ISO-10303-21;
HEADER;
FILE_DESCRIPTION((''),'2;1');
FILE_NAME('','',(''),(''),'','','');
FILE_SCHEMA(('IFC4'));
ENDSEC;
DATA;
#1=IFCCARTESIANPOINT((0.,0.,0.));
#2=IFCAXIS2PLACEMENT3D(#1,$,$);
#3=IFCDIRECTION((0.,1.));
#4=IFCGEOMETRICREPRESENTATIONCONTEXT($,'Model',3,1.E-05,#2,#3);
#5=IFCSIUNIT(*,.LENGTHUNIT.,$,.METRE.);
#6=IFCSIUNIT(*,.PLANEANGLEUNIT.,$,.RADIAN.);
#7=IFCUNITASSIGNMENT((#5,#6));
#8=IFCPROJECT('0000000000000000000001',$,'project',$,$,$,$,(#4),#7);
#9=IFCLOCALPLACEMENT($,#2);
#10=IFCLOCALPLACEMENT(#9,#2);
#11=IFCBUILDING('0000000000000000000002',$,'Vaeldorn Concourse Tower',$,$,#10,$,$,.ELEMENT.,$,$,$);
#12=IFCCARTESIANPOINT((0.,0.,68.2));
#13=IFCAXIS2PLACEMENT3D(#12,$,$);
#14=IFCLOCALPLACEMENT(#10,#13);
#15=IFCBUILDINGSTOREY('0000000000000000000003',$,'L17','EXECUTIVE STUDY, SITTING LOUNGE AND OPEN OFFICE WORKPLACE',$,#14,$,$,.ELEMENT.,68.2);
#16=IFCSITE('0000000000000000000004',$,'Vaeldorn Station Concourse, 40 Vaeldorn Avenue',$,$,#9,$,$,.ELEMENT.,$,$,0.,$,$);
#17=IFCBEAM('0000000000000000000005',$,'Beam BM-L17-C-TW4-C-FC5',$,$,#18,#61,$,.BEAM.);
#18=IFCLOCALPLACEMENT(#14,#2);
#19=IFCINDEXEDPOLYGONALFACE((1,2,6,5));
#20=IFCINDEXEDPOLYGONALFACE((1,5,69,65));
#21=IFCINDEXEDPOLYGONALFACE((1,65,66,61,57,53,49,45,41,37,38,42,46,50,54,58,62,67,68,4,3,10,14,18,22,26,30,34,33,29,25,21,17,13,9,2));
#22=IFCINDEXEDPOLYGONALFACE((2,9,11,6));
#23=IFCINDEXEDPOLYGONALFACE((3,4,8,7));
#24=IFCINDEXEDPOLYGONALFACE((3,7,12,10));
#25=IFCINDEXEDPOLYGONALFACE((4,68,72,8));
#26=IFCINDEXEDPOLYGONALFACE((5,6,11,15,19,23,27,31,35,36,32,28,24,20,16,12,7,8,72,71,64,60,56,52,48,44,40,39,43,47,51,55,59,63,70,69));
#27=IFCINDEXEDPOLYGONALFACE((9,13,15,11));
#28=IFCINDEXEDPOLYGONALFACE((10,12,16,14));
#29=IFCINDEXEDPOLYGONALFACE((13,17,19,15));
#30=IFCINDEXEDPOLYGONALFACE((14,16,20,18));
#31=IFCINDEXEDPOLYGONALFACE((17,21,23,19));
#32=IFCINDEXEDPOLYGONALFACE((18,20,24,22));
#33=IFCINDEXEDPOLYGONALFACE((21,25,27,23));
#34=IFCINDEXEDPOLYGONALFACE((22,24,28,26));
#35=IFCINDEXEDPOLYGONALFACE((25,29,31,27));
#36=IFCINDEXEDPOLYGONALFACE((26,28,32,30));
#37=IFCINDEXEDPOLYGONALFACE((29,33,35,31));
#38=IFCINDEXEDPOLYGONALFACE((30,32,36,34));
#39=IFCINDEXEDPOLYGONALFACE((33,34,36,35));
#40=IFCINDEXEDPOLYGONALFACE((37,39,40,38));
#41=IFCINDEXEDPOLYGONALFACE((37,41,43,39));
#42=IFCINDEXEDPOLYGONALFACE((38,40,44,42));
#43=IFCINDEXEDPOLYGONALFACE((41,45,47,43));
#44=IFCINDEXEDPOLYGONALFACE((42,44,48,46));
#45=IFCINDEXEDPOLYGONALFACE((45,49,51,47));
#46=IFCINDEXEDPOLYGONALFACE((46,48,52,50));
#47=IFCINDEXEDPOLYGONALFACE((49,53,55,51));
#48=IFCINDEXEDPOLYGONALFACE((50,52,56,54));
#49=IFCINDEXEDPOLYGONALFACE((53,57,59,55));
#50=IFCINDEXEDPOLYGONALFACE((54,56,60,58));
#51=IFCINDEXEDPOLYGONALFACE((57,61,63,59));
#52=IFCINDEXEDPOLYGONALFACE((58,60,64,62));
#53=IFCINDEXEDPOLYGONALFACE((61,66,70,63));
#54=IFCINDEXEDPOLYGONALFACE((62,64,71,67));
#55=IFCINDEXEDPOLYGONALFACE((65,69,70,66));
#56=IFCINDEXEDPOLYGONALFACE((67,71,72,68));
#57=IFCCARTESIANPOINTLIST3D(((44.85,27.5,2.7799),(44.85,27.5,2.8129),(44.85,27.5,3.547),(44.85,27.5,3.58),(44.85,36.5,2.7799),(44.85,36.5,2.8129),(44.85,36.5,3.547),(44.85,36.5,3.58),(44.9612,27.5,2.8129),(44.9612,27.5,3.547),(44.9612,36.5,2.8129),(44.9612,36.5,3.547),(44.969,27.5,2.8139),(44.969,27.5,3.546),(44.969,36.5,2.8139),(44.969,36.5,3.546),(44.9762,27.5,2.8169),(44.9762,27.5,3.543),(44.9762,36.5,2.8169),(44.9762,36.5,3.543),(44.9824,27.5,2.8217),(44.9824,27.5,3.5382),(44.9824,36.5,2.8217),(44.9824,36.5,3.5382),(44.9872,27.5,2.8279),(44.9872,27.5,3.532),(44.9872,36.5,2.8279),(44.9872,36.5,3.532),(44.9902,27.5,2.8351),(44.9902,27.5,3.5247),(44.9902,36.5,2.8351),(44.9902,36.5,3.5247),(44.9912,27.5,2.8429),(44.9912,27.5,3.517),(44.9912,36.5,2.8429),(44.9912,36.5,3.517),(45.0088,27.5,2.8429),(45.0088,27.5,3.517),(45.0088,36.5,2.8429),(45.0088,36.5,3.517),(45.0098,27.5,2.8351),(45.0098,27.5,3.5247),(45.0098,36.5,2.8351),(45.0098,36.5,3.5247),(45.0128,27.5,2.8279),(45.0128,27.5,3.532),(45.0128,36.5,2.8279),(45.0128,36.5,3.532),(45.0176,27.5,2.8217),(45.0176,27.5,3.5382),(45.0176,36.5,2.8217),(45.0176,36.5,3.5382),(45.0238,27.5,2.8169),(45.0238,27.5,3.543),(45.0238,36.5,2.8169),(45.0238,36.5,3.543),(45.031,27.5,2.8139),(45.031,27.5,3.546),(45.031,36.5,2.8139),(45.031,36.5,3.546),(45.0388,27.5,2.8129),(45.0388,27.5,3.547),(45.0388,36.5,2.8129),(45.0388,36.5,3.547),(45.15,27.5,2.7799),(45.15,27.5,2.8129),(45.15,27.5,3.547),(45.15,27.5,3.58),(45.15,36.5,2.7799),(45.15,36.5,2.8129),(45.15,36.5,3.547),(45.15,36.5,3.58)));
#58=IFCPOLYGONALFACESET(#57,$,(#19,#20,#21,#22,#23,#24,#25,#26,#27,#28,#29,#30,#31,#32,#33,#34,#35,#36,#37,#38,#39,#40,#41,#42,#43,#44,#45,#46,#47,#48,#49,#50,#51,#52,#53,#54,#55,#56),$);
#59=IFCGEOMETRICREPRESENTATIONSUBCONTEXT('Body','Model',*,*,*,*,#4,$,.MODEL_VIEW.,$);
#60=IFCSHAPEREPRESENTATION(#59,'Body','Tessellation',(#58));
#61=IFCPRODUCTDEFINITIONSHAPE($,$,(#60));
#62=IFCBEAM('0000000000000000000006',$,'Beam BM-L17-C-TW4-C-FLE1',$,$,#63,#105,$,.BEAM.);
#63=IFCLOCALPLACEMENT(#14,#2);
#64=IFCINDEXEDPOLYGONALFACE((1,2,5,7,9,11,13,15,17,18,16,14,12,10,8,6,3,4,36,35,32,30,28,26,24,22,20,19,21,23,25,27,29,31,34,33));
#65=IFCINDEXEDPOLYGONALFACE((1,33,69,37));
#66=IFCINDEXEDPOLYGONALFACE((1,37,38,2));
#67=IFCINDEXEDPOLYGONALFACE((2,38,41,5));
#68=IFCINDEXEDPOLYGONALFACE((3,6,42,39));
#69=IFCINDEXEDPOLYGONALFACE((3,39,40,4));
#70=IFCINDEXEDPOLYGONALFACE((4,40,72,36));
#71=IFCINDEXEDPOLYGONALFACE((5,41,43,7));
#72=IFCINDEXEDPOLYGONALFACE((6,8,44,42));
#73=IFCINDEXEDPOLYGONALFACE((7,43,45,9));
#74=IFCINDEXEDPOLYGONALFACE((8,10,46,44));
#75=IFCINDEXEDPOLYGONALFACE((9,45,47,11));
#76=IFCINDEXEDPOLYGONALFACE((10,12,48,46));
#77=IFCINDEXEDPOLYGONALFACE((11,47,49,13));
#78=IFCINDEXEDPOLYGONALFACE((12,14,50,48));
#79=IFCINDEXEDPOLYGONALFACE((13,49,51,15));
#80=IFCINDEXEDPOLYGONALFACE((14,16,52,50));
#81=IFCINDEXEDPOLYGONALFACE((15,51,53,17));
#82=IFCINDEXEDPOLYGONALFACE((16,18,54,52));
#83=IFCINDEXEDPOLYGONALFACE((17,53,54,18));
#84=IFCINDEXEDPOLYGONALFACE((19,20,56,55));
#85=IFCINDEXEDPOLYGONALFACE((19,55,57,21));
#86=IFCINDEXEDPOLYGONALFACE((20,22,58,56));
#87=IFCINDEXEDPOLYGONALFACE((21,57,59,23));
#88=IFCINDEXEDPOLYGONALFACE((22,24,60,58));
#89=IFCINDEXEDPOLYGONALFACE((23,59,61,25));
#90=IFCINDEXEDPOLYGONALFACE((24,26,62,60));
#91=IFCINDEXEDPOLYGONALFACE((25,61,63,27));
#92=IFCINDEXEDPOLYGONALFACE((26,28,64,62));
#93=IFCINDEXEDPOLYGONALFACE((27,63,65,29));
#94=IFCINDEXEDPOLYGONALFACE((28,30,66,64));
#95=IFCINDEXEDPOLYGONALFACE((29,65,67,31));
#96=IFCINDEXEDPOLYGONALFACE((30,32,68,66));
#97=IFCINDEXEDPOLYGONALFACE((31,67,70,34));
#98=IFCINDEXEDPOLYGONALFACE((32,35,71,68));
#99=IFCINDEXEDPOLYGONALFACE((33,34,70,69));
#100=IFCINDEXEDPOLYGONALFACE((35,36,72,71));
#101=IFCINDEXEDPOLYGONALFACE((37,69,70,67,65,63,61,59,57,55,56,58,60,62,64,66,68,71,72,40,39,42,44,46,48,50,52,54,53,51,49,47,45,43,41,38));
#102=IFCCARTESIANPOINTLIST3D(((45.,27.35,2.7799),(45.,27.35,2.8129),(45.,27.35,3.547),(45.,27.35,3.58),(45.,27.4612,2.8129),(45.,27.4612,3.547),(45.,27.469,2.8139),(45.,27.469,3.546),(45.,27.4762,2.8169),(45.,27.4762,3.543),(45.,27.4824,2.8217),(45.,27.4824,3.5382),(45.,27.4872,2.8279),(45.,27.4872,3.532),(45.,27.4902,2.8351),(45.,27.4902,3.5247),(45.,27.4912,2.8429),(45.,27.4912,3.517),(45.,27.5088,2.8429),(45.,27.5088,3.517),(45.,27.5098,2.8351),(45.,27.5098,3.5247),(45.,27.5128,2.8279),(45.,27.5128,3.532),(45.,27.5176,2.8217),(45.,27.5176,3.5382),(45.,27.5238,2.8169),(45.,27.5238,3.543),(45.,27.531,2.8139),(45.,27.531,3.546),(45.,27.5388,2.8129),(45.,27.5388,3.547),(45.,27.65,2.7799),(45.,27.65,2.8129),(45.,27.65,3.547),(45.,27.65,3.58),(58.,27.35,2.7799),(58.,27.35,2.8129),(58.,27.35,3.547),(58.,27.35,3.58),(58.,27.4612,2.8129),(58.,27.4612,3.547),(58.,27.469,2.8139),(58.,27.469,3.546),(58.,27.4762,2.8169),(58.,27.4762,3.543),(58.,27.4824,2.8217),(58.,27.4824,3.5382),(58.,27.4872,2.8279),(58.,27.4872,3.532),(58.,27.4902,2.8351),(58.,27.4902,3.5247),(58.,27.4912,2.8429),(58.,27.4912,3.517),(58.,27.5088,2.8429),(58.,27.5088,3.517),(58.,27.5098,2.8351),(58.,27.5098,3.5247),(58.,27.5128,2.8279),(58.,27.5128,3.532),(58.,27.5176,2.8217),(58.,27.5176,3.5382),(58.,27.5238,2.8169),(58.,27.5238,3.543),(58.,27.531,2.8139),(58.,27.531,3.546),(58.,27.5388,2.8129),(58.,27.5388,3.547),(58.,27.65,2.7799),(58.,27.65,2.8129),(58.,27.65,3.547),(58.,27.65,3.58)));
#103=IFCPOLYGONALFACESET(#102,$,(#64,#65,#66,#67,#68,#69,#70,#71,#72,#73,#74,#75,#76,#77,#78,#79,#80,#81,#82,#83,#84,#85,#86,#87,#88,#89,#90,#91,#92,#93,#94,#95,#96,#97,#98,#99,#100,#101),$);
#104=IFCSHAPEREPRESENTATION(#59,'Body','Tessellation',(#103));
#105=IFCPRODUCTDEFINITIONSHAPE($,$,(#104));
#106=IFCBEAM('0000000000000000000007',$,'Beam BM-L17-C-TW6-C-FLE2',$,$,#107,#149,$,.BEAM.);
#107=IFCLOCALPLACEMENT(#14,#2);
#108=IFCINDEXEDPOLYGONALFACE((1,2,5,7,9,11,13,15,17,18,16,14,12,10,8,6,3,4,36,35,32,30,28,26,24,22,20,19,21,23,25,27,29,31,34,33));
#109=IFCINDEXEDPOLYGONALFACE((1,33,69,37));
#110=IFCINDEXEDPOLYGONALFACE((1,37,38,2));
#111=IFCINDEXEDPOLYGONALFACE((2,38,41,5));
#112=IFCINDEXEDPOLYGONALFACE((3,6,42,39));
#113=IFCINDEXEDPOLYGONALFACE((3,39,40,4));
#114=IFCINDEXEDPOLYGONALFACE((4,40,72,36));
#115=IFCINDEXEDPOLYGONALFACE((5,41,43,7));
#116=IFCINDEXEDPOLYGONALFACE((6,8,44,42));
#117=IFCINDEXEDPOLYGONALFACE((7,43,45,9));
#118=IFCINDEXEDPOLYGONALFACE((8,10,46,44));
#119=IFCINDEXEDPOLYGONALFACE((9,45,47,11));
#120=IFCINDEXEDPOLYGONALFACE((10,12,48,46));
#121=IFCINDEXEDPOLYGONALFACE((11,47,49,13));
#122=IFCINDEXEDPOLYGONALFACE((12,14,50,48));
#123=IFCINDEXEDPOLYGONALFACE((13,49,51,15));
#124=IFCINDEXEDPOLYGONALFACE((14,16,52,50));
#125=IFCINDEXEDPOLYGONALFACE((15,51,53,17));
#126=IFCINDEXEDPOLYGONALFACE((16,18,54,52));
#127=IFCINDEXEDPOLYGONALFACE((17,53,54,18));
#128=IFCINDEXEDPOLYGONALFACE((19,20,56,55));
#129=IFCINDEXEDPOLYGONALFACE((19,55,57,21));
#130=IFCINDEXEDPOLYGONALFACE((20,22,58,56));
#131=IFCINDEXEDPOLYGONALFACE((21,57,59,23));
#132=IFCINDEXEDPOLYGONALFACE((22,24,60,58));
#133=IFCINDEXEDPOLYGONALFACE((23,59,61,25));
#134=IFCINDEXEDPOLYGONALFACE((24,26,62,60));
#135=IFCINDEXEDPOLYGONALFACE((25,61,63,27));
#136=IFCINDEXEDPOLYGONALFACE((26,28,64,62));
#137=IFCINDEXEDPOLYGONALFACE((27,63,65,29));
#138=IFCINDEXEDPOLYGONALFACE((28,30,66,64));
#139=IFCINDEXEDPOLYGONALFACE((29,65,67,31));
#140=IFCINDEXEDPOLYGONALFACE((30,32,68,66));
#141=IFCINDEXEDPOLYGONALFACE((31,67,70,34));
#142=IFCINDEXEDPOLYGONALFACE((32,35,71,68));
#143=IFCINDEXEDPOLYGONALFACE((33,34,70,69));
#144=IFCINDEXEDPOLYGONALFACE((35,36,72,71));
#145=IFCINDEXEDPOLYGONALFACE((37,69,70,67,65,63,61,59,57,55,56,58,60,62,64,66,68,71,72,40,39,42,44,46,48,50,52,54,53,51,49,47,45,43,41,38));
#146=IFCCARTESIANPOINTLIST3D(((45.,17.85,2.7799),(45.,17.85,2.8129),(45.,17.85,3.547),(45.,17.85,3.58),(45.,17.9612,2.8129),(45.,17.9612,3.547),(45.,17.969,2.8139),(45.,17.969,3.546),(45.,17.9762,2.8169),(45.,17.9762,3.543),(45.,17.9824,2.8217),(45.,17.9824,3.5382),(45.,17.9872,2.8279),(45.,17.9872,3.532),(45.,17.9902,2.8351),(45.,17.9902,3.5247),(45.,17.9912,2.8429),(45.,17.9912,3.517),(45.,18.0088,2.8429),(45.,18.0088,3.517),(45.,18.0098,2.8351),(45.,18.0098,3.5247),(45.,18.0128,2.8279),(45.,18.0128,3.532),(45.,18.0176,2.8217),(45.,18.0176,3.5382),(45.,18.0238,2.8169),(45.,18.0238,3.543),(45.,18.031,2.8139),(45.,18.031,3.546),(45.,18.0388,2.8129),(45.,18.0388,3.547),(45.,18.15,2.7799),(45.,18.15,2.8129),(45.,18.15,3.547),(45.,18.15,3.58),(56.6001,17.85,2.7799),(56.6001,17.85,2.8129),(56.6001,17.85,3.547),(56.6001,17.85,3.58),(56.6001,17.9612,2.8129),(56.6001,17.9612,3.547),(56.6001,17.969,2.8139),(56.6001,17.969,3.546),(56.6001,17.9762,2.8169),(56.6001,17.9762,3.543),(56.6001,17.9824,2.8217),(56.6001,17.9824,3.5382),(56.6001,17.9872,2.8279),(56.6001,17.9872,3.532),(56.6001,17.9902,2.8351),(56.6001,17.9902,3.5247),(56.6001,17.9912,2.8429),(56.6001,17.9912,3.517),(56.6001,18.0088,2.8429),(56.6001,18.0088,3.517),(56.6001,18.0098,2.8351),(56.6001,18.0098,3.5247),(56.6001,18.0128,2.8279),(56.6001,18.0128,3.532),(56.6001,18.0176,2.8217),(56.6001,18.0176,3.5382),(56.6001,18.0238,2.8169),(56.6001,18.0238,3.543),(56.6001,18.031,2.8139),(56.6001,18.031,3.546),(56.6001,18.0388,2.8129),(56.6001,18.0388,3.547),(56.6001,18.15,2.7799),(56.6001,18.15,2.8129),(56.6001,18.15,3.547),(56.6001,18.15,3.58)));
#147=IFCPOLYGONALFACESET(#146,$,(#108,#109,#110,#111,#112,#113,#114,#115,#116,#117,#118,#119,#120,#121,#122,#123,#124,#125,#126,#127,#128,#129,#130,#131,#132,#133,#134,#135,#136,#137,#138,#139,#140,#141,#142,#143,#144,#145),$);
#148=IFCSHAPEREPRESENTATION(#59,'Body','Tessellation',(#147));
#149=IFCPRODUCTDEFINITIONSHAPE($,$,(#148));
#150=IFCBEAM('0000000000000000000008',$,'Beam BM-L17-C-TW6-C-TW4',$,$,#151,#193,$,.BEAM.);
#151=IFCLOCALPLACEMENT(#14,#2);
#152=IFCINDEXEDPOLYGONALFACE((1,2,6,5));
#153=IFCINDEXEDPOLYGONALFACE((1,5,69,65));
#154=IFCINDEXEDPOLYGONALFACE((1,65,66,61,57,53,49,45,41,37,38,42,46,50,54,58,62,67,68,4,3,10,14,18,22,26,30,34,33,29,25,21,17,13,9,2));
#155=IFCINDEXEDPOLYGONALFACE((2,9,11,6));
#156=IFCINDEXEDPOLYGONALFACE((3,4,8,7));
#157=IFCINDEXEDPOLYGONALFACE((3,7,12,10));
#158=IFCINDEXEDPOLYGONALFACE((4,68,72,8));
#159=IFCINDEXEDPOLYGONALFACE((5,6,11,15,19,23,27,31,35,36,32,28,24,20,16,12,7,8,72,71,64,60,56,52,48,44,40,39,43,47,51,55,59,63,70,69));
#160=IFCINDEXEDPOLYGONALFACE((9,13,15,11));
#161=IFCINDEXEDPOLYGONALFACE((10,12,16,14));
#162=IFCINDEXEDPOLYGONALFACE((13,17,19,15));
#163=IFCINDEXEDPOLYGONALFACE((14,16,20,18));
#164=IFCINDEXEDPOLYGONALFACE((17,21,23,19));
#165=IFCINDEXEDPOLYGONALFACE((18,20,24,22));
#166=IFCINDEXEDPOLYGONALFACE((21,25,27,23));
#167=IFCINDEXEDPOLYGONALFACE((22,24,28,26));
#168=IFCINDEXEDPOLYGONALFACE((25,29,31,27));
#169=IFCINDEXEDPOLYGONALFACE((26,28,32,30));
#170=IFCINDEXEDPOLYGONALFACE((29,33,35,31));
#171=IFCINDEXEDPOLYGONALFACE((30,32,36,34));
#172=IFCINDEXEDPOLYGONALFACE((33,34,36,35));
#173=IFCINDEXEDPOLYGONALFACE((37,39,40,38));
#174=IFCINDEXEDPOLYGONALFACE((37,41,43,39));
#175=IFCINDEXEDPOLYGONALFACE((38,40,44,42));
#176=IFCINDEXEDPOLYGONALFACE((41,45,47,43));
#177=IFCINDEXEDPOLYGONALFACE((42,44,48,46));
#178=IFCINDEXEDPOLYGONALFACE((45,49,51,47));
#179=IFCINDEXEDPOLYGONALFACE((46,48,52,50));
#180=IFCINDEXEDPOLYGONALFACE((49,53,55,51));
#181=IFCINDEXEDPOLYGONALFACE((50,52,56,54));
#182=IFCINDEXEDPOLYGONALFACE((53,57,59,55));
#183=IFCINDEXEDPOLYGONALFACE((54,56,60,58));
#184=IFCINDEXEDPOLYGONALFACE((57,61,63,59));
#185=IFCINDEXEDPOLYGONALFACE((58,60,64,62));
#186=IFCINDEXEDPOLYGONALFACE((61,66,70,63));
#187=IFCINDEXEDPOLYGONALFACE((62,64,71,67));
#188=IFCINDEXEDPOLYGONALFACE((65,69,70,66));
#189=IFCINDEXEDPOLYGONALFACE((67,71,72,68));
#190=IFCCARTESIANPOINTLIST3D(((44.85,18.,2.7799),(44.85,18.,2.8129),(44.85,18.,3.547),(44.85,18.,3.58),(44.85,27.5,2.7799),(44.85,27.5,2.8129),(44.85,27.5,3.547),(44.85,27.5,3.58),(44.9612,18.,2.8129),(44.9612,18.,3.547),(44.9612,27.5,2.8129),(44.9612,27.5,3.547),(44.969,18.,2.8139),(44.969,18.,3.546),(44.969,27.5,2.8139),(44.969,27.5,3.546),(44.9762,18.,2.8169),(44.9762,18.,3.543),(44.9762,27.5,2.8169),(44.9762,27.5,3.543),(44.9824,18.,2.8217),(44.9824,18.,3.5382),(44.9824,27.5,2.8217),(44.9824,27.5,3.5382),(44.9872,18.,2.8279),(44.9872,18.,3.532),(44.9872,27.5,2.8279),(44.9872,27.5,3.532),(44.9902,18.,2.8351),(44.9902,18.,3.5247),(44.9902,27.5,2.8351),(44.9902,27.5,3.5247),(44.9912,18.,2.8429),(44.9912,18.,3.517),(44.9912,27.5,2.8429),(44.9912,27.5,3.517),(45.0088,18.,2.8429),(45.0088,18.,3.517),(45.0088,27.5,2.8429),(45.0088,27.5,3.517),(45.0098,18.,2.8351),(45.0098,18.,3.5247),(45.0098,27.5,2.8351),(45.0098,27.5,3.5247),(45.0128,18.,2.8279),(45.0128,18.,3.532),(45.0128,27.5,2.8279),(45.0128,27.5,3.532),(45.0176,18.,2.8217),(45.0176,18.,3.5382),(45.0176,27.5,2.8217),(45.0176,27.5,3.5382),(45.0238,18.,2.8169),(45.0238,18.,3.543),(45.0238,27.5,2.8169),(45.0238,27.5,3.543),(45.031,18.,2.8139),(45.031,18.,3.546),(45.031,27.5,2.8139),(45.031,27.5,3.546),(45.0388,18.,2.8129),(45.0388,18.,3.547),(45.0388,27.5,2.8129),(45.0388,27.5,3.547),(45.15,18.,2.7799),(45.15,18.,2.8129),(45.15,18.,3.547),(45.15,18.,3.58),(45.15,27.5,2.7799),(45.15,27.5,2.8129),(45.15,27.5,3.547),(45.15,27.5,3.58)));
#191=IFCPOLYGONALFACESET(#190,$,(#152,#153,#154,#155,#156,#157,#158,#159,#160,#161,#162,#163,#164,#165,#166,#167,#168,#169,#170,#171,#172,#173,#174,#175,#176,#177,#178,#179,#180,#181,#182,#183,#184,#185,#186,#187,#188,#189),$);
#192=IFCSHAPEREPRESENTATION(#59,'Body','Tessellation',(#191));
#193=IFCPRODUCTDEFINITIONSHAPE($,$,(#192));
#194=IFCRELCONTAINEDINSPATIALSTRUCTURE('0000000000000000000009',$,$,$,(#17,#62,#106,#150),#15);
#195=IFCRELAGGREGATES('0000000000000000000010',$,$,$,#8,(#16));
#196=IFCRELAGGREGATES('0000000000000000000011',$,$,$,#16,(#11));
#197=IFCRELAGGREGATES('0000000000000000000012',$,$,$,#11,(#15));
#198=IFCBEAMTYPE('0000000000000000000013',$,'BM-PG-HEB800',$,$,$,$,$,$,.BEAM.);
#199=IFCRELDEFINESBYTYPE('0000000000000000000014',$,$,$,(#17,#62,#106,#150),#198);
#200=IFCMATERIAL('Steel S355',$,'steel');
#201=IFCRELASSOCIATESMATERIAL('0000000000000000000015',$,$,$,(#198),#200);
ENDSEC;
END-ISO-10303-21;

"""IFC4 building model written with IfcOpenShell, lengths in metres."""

from ifc_helpers import new_model, si_unit, direction, frame, origin, origin_2d, place, context, subcontext, project, spatial, i_section, extrude, source, transform, mapped, material, material_profile, profile_set, type_object, element, save


model = new_model("IFC4")

# Units and contexts
model_context = context("Model", 3, precision=1e-05, world=origin(), true_north=direction((0.0, 1.0)))
body_context = subcontext(model_context, "Body", "Model", "MODEL_VIEW")
ifc_project = project(units=[si_unit("LENGTHUNIT", "METRE"), si_unit("PLANEANGLEUNIT", "RADIAN")], contexts=[model_context])

# Site, building, storey
site_placement = place(None, origin())
site = spatial("IfcSite", under=ifc_project, at=site_placement, Name="Vaeldorn Station Concourse, 40 Vaeldorn Avenue", CompositionType="ELEMENT", RefElevation=0.0)
building_placement = place(site_placement, origin())
building = spatial("IfcBuilding", under=site, at=building_placement, Name="Vaeldorn Concourse Tower", CompositionType="ELEMENT")
storey_placement = place(building_placement, frame((0.0, 0.0, 68.2)))
storey = spatial("IfcBuildingStorey", under=building, at=storey_placement, Name="L17", Description="EXECUTIVE STUDY, SITTING LOUNGE AND OPEN OFFICE WORKPLACE", CompositionType="ELEMENT", Elevation=68.2)

# Beams
ifc_material_1 = material(Name="Steel S355", Category="steel")
ifc_material_profile_1 = material_profile(ifc_material_1, i_section(OverallWidth=0.3, OverallDepth=0.8, WebThickness=0.0176, FlangeThickness=0.033, FilletRadius=0.03, at=origin_2d()), Name="HEB 800")
ifc_profile_set_1 = profile_set([ifc_material_profile_1], Name="Steel S355")
beam_type_1 = type_object("IfcBeamType", Name="BM-PG-HEB800", PredefinedType="BEAM", material=ifc_profile_set_1)
shared_shape_1 = source(origin(), body_context, "Body", "SweptSolid", [
    extrude(i_section(OverallWidth=0.3, OverallDepth=0.8, WebThickness=0.0176, FlangeThickness=0.033, FilletRadius=0.03, at=origin_2d()), origin(), (0.0, 0.0, 1.0), 9.0),
])
for number, where, z_axis, x_axis, name in (
    (1, (45.0, 27.5, 3.1799), (0.0, 1.0, 0.0), (-1.0, 0.0, 0.0), "Beam BM-L17-C-TW4-C-FC5"),
):
    element("IfcBeam", number, at=place(storey_placement, frame(where, z_axis=z_axis, x_axis=x_axis)), inside=storey, type_object=beam_type_1, Name=name, PredefinedType="BEAM", context=body_context, shape_type="MappedRepresentation", body=[
        mapped(shared_shape_1, transform((0.0, 0.0, 0.0), scale=1.0)),
    ])
shared_shape_2 = source(origin(), body_context, "Body", "SweptSolid", [
    extrude(i_section(OverallWidth=0.3, OverallDepth=0.8, WebThickness=0.0176, FlangeThickness=0.033, FilletRadius=0.03, at=origin_2d()), origin(), (0.0, 0.0, 1.0), 13.0),
])
beam_1_placement = place(storey_placement, frame((45.0, 27.5, 3.1799), z_axis=(1.0, 0.0, 0.0), x_axis=(0.0, 1.0, 0.0)))
element("IfcBeam", 2, at=beam_1_placement, inside=storey, type_object=beam_type_1, Name="Beam BM-L17-C-TW4-C-FLE1", PredefinedType="BEAM", context=body_context, shape_type="MappedRepresentation", body=[
    mapped(shared_shape_2, transform((0.0, 0.0, 0.0), scale=1.0)),
])
shared_shape_3 = source(origin(), body_context, "Body", "SweptSolid", [
    extrude(i_section(OverallWidth=0.3, OverallDepth=0.8, WebThickness=0.0176, FlangeThickness=0.033, FilletRadius=0.03, at=origin_2d()), origin(), (0.0, 0.0, 1.0), 11.6001),
])
beam_2_placement = place(storey_placement, frame((45.0, 18.0, 3.1799), z_axis=(1.0, 0.0, 0.0), x_axis=(0.0, 1.0, 0.0)))
element("IfcBeam", 3, at=beam_2_placement, inside=storey, type_object=beam_type_1, Name="Beam BM-L17-C-TW6-C-FLE2", PredefinedType="BEAM", context=body_context, shape_type="MappedRepresentation", body=[
    mapped(shared_shape_3, transform((0.0, 0.0, 0.0), scale=1.0)),
])
shared_shape_4 = source(origin(), body_context, "Body", "SweptSolid", [
    extrude(i_section(OverallWidth=0.3, OverallDepth=0.8, WebThickness=0.0176, FlangeThickness=0.033, FilletRadius=0.03, at=origin_2d()), origin(), (0.0, 0.0, 1.0), 9.5),
])
beam_3_placement = place(storey_placement, frame((45.0, 18.0, 3.1799), z_axis=(0.0, 1.0, 0.0), x_axis=(-1.0, 0.0, 0.0)))
element("IfcBeam", 4, at=beam_3_placement, inside=storey, type_object=beam_type_1, Name="Beam BM-L17-C-TW6-C-TW4", PredefinedType="BEAM", context=body_context, shape_type="MappedRepresentation", body=[
    mapped(shared_shape_4, transform((0.0, 0.0, 0.0), scale=1.0)),
])

save(model, "model.ifc")
